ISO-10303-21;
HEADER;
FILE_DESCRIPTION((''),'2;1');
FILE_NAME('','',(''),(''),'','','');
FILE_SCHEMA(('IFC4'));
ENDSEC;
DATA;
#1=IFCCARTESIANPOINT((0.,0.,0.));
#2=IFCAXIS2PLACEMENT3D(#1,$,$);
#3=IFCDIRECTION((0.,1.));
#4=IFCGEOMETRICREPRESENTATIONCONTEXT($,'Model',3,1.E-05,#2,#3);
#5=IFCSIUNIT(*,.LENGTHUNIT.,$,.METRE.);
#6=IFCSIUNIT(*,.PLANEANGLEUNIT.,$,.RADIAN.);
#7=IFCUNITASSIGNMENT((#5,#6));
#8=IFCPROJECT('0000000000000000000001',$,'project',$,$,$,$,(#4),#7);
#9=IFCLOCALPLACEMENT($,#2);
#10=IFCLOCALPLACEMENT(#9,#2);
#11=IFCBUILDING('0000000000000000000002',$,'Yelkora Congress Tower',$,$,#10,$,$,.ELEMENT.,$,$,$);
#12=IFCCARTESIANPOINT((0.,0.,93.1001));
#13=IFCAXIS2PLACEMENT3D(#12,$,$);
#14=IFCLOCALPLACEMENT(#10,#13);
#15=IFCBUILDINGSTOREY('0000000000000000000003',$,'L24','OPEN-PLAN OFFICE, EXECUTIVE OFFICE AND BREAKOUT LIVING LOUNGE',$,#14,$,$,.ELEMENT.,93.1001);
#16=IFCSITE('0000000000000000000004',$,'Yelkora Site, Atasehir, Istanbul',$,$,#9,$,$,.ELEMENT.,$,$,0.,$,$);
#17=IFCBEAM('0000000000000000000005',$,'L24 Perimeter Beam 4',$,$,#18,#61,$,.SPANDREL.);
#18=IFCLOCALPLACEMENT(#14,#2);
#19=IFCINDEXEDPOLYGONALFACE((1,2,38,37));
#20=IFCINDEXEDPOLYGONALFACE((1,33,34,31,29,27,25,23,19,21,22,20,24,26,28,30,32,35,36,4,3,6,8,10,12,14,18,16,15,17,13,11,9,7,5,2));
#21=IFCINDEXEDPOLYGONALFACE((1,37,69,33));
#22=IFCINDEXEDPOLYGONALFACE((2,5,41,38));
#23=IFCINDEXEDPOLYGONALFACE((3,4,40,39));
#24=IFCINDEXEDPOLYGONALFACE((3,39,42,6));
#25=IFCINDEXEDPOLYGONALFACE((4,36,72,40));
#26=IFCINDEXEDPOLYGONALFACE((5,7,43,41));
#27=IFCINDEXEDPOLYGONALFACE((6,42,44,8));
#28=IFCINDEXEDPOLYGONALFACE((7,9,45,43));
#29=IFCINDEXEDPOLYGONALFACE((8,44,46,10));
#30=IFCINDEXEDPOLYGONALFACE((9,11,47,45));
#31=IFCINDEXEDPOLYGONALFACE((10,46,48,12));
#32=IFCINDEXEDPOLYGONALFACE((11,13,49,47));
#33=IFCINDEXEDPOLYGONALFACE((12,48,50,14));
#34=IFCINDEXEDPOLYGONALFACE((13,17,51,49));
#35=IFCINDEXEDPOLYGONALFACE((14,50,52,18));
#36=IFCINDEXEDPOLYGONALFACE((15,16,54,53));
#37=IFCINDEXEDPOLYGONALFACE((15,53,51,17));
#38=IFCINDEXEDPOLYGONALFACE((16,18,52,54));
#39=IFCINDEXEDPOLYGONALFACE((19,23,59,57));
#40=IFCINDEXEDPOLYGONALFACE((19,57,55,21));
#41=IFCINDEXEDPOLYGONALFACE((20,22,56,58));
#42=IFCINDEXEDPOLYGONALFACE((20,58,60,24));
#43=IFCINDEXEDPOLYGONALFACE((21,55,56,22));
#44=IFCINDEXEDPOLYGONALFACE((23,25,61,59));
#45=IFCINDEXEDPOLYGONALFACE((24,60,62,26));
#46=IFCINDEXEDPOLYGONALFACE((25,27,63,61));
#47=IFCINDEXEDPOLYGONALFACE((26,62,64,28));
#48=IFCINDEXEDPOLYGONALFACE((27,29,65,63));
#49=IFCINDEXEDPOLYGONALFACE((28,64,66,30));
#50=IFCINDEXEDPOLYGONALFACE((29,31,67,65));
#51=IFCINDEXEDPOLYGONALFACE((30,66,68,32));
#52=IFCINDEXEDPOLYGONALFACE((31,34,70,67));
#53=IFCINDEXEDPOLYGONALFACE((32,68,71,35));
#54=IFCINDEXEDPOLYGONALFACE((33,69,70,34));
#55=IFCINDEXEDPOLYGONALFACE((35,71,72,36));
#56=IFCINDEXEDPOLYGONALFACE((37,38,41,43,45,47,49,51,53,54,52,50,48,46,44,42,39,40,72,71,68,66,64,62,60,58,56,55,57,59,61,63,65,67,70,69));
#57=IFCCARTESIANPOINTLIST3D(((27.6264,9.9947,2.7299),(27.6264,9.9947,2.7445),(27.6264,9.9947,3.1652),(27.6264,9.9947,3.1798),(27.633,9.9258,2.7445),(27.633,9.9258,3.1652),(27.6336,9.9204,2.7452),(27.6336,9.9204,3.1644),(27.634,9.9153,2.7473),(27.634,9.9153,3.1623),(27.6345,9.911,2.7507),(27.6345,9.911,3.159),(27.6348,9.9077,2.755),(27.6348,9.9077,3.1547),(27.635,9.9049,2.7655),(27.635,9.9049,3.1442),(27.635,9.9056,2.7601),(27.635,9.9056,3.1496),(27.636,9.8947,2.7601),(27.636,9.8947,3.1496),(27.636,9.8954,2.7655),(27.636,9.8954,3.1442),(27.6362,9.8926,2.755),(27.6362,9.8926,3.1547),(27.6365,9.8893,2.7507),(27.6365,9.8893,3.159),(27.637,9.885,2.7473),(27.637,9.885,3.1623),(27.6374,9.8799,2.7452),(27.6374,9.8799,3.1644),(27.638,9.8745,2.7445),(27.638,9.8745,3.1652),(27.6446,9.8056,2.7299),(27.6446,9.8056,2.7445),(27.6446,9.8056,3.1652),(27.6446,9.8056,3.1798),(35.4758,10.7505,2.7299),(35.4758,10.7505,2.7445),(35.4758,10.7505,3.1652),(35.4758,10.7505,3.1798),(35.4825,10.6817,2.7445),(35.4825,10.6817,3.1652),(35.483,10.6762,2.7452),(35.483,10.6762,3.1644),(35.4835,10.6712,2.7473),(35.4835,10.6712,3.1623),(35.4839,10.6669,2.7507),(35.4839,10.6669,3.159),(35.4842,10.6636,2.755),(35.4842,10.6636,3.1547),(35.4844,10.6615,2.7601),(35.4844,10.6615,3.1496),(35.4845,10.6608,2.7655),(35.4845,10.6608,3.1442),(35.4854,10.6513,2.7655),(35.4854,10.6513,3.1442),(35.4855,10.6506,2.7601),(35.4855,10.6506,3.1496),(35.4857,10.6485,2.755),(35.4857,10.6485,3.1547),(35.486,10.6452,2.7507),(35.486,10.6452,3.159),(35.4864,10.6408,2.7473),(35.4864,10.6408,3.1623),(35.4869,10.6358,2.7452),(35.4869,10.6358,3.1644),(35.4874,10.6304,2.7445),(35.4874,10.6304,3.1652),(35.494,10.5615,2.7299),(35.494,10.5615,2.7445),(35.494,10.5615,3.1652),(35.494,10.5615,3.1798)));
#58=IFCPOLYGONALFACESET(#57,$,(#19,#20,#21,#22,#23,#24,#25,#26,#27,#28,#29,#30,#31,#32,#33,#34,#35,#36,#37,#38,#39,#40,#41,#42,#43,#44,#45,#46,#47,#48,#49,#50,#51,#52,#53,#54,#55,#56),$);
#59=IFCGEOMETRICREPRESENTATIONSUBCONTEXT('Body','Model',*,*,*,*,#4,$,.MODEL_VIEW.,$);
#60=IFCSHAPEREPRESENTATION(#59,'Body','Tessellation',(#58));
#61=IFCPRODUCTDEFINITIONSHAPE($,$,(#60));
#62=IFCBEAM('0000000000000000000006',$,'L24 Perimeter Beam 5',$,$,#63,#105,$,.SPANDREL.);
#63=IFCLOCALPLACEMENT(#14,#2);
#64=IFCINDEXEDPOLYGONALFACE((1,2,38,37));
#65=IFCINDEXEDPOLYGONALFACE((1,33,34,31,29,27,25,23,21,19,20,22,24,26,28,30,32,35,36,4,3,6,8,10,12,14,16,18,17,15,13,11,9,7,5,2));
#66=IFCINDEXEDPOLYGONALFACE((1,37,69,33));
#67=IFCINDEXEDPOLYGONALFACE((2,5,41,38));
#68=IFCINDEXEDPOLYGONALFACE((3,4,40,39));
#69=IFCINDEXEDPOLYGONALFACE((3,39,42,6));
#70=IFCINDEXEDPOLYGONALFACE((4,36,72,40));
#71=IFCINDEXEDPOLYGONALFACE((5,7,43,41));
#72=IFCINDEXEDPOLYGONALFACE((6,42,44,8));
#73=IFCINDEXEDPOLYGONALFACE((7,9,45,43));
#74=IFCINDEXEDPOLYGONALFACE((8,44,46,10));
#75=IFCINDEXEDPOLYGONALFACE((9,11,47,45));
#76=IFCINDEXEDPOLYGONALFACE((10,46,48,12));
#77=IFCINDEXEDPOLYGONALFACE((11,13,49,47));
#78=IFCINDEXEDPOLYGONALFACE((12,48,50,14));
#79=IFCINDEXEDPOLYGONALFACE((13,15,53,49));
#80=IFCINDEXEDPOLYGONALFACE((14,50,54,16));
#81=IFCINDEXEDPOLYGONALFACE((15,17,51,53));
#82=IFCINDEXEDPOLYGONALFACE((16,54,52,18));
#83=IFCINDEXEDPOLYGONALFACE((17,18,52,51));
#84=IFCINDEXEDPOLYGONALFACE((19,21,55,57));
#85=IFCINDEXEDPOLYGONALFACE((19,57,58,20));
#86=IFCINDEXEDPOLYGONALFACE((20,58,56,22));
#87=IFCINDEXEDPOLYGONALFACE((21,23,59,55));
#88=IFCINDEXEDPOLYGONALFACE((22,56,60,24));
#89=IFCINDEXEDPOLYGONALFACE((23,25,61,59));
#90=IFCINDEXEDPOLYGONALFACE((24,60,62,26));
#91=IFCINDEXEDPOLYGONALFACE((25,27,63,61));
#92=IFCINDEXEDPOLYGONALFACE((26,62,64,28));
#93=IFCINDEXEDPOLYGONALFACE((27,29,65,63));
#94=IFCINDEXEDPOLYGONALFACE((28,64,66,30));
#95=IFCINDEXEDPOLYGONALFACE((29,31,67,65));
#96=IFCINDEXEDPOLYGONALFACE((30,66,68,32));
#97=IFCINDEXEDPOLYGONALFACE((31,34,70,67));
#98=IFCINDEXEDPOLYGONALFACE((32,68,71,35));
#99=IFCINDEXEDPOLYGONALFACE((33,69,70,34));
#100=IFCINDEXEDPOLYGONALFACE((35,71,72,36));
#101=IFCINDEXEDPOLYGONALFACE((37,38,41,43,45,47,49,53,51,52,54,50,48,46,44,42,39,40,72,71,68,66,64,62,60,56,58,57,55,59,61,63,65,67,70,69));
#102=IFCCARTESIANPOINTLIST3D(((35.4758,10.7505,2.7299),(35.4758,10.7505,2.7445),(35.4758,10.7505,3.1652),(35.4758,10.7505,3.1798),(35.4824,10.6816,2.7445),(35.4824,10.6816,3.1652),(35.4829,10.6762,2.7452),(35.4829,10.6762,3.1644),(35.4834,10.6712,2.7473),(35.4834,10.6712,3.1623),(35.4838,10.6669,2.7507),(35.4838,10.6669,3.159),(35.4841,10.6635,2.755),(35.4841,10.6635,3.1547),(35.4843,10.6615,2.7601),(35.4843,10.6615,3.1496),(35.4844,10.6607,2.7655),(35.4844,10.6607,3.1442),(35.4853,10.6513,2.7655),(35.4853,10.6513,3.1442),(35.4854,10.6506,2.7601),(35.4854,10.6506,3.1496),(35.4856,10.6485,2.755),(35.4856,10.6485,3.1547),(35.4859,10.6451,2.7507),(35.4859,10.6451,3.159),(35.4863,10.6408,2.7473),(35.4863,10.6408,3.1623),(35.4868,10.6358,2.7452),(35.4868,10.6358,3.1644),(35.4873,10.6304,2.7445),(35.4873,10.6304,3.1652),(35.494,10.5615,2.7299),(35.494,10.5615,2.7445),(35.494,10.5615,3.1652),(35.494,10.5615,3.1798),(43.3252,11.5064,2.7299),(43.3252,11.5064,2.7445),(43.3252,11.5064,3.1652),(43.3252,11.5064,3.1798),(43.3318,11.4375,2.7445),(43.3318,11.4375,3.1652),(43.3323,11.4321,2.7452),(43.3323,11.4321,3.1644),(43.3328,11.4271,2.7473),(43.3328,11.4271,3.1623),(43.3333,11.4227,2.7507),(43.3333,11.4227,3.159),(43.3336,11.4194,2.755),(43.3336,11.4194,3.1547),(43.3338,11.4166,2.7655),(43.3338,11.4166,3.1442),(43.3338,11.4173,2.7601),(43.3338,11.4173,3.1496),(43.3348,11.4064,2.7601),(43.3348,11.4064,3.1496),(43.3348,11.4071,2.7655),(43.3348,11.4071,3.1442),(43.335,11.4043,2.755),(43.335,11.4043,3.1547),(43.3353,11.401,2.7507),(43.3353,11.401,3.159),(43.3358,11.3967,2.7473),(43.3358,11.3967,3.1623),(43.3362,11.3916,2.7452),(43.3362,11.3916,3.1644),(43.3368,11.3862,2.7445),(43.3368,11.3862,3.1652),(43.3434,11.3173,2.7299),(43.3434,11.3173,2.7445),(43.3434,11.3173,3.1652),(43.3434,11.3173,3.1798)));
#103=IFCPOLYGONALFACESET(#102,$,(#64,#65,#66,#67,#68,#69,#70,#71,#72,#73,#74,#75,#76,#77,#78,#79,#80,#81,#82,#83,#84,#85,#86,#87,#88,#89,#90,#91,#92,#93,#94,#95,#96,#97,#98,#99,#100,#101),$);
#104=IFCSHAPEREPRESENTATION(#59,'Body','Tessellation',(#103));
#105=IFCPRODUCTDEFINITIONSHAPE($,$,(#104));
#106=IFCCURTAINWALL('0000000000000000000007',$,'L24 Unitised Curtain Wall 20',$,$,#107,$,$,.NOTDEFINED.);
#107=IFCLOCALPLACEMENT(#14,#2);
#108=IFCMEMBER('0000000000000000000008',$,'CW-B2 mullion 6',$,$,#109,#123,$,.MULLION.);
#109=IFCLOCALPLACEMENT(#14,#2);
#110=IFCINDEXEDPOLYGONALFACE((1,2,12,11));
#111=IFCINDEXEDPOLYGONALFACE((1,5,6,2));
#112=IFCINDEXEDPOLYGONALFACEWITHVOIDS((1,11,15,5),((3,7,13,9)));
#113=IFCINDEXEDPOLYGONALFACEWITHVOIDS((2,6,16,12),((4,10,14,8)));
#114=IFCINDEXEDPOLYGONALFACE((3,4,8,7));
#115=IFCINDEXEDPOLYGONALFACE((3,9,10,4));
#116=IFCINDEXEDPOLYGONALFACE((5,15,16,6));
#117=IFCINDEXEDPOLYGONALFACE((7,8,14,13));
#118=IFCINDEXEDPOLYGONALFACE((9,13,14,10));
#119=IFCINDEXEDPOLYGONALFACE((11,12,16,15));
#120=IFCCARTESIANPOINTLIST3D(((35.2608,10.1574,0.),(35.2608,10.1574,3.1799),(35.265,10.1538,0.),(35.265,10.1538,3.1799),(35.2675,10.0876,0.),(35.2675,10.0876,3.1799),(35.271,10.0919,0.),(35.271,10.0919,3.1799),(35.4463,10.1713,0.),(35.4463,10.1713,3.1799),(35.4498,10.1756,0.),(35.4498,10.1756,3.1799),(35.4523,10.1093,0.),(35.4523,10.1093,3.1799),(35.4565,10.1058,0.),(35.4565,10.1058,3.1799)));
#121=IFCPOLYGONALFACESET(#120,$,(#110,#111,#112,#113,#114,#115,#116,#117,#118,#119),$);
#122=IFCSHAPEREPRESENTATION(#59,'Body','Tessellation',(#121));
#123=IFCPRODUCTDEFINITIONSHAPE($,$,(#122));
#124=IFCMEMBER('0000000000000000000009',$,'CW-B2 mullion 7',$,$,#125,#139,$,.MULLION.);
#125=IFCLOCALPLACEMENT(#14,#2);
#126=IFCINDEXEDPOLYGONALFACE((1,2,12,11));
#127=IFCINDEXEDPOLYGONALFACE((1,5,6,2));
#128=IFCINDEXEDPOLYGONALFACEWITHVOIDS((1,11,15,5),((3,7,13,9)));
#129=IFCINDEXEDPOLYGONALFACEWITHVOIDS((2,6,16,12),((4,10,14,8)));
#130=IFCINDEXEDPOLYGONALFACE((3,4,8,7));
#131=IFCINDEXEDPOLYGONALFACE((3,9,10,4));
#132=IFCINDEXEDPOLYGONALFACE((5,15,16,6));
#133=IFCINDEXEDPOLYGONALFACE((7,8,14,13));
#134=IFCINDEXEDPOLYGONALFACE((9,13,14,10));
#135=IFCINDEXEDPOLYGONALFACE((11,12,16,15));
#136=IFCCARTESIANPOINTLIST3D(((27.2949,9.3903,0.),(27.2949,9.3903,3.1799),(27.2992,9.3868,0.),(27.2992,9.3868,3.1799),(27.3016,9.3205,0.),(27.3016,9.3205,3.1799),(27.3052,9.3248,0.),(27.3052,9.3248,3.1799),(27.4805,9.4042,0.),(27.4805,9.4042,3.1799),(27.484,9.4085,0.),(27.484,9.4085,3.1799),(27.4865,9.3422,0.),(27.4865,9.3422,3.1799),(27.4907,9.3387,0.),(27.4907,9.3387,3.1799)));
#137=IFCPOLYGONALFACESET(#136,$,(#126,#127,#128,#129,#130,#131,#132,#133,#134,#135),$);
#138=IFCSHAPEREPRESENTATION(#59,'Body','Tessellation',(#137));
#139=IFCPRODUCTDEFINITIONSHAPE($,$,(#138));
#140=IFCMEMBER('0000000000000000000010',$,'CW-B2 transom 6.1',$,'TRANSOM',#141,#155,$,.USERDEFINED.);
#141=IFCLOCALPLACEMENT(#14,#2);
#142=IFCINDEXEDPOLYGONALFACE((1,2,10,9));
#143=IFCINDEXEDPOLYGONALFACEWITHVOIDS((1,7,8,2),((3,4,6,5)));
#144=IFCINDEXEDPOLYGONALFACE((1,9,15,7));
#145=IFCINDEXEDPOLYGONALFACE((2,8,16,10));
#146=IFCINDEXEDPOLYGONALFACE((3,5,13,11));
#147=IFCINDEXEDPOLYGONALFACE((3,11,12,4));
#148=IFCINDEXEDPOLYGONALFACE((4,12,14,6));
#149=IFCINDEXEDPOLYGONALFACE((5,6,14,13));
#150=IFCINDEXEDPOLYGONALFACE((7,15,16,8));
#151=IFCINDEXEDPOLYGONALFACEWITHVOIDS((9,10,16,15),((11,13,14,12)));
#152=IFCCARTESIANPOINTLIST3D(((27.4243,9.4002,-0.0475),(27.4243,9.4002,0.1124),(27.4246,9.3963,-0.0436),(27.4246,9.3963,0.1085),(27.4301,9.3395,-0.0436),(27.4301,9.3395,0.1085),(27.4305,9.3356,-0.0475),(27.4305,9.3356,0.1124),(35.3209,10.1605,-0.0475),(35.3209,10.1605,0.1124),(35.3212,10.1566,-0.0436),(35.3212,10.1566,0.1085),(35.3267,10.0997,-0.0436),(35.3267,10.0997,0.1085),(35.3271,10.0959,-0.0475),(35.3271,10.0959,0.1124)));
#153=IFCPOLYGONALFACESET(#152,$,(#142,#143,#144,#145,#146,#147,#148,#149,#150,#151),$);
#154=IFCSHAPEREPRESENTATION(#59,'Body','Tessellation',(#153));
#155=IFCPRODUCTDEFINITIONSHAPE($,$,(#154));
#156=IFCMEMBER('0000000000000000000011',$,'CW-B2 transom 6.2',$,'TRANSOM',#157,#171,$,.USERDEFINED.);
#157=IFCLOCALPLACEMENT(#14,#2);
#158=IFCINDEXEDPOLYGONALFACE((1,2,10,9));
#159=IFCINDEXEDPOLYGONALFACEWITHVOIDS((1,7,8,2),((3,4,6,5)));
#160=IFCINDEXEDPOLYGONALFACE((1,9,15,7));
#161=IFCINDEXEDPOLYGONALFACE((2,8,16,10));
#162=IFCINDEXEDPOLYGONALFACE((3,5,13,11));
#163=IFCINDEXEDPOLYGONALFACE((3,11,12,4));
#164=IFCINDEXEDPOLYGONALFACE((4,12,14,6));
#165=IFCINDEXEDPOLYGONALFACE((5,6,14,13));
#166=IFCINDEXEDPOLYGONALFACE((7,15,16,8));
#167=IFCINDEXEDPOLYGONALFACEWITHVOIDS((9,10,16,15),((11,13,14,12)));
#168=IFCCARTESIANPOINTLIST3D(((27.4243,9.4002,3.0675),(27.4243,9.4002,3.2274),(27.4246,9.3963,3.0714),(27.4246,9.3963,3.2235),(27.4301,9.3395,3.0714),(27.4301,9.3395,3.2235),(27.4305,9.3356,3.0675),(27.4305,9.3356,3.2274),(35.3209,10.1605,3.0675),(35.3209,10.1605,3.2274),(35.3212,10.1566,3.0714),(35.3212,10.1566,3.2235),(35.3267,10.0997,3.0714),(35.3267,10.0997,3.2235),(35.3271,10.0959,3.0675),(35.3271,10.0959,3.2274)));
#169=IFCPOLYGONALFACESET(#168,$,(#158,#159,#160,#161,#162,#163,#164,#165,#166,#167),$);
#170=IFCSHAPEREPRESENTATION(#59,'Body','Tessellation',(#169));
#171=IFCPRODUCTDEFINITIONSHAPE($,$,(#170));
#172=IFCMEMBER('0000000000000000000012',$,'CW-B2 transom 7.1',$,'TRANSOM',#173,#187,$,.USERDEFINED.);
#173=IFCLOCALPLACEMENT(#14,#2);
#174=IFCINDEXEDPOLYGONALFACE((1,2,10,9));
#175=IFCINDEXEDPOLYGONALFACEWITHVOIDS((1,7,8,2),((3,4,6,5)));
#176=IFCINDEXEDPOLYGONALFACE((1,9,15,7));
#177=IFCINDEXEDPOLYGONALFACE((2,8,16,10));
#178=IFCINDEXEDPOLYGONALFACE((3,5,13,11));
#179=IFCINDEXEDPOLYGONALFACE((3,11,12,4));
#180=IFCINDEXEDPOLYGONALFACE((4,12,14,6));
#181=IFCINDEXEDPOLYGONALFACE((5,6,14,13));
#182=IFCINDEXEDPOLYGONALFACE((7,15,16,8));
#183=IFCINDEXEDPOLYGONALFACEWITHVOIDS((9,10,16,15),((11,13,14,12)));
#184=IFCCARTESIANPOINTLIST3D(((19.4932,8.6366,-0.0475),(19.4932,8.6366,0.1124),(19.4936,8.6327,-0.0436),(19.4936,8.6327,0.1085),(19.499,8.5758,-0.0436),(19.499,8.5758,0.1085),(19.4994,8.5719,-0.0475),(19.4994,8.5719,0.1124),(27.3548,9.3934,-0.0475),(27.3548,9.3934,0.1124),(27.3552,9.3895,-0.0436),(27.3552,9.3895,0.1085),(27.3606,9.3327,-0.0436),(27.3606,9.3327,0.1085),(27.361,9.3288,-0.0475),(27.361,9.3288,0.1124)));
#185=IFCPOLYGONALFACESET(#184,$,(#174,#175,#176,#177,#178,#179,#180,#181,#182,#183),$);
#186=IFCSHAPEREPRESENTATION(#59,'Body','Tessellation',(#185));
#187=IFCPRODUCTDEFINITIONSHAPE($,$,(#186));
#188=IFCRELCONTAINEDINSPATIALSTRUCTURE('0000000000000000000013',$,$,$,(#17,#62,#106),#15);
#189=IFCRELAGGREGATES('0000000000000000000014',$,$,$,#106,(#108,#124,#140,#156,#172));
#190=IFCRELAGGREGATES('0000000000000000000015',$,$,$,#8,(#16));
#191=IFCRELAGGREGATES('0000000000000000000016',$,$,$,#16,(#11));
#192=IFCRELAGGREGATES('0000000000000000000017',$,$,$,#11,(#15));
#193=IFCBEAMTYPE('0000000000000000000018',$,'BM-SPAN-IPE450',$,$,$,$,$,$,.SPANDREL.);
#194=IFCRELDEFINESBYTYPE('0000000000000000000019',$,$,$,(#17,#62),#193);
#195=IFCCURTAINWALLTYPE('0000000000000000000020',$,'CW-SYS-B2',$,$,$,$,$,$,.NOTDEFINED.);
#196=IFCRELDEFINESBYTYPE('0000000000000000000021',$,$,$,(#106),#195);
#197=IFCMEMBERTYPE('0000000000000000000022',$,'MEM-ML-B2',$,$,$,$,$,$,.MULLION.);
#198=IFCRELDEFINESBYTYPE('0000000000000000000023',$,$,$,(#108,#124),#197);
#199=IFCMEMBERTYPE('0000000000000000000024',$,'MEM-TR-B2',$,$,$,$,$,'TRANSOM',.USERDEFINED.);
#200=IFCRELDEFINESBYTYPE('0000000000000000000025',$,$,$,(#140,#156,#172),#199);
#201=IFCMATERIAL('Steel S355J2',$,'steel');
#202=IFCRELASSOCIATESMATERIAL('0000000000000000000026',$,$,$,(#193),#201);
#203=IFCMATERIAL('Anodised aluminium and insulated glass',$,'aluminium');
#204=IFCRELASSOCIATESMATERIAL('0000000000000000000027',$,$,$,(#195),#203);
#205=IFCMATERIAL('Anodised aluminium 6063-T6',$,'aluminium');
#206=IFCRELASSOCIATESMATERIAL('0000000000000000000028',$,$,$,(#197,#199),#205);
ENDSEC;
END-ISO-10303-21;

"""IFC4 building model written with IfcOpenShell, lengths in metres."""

from ifc_helpers import new_model, si_unit, direction, frame, origin, origin_2d, place, context, subcontext, project, spatial, hollow_rectangle, i_section, extrude, material, material_profile, profile_set, type_object, element, aggregate, save


model = new_model("IFC4")

# Units and contexts
model_context = context("Model", 3, precision=1e-05, world=origin(), true_north=direction((0.0, 1.0)))
body_context = subcontext(model_context, "Body", "Model", "MODEL_VIEW")
ifc_project = project(units=[si_unit("LENGTHUNIT", "METRE"), si_unit("PLANEANGLEUNIT", "RADIAN")], contexts=[model_context])

# Site, building, storey
site_placement = place(None, origin())
site = spatial("IfcSite", under=ifc_project, at=site_placement, Name="Yelkora Site, Atasehir, Istanbul", CompositionType="ELEMENT", RefElevation=0.0)
building_placement = place(site_placement, origin())
building = spatial("IfcBuilding", under=site, at=building_placement, Name="Yelkora Congress Tower", CompositionType="ELEMENT")
storey_placement = place(building_placement, frame((0.0, 0.0, 93.1001)))
storey = spatial("IfcBuildingStorey", under=building, at=storey_placement, Name="L24", Description="OPEN-PLAN OFFICE, EXECUTIVE OFFICE AND BREAKOUT LIVING LOUNGE", CompositionType="ELEMENT", Elevation=93.1001)

# Beams
ifc_material_1 = material(Name="Steel S355J2", Category="steel")
ifc_material_profile_1 = material_profile(ifc_material_1, i_section(OverallWidth=0.1899, OverallDepth=0.45, WebThickness=0.0095, FlangeThickness=0.0146, FilletRadius=0.021, at=origin_2d()), Name="IPE 450")
ifc_profile_set_1 = profile_set([ifc_material_profile_1], Name="Steel S355J2")
beam_type_1 = type_object("IfcBeamType", Name="BM-SPAN-IPE450", PredefinedType="SPANDREL", material=ifc_profile_set_1)
for number, where, z_axis, x_axis, name in (
    (1, (27.6355, 9.9001, 2.9548), (0.995396, 0.095852, 0.0), (-0.095852, 0.995396, 0.0), "L24 Perimeter Beam 4"),
    (2, (35.4849, 10.656, 2.9548), (0.995396, 0.095852, 0.0), (-0.095852, 0.995396, 0.0), "L24 Perimeter Beam 5"),
):
    element("IfcBeam", number, at=place(storey_placement, frame(where, z_axis=z_axis, x_axis=x_axis)), inside=storey, type_object=beam_type_1, Name=name, PredefinedType="SPANDREL", context=body_context, shape_type="SweptSolid", body=[
        extrude(i_section(OverallWidth=0.1899, OverallDepth=0.45, WebThickness=0.0095, FlangeThickness=0.0146, FilletRadius=0.021, at=origin_2d()), origin(), (0.0, 0.0, 1.0), 7.8857),
    ])

# Curtain wall, members
ifc_material_2 = material(Name="Anodised aluminium and insulated glass", Category="aluminium")
curtain_wall_type = type_object("IfcCurtainWallType", Name="CW-SYS-B2", PredefinedType="NOTDEFINED", material=ifc_material_2)
curtain_wall_placement = place(storey_placement, origin())
curtain_wall = element("IfcCurtainWall", 3, at=curtain_wall_placement, inside=storey, type_object=curtain_wall_type, Name="L24 Unitised Curtain Wall 20", PredefinedType="NOTDEFINED")
ifc_material_3 = material(Name="Anodised aluminium 6063-T6", Category="aluminium")
ifc_material_profile_2 = material_profile(ifc_material_3, hollow_rectangle(XDim=0.0701, YDim=0.1899, WallThickness=0.0039, at=origin_2d()), Name="ALU 70x190x4")
ifc_profile_set_2 = profile_set([ifc_material_profile_2], Name="Anodised aluminium 6063-T6")
member_type_1 = type_object("IfcMemberType", Name="MEM-ML-B2", PredefinedType="MULLION", material=ifc_profile_set_2)
member_1_placement = place(storey_placement, frame((35.3586, 10.1316, 0.0), z_axis=(0.0, 0.0, 1.0), x_axis=(0.095844, -0.995396, 0.0)))
member_1 = element("IfcMember", 4, at=member_1_placement, type_object=member_type_1, Name="CW-B2 mullion 6", PredefinedType="MULLION", context=body_context, shape_type="SweptSolid", body=[
    extrude(hollow_rectangle(XDim=0.0701, YDim=0.1899, WallThickness=0.0039, at=origin_2d()), origin(), (0.0, 0.0, 1.0), 3.1799),
])
member_2_placement = place(storey_placement, frame((27.3928, 9.3645, 0.0), z_axis=(0.0, 0.0, 1.0), x_axis=(0.095844, -0.995396, 0.0)))
member_2 = element("IfcMember", 5, at=member_2_placement, type_object=member_type_1, Name="CW-B2 mullion 7", PredefinedType="MULLION", context=body_context, shape_type="SweptSolid", body=[
    extrude(hollow_rectangle(XDim=0.0701, YDim=0.1899, WallThickness=0.0039, at=origin_2d()), origin(), (0.0, 0.0, 1.0), 3.1799),
])
ifc_material_profile_3 = material_profile(ifc_material_3, hollow_rectangle(XDim=0.0649, YDim=0.1599, WallThickness=0.0039, at=origin_2d()), Name="ALU 65x160x4")
ifc_profile_set_3 = profile_set([ifc_material_profile_3], Name="Anodised aluminium 6063-T6")
member_type_2 = type_object("IfcMemberType", Name="MEM-TR-B2", ElementType="TRANSOM", PredefinedType="USERDEFINED", material=ifc_profile_set_3)
member_3_placement = place(storey_placement, frame((35.324, 10.1282, 0.0325), z_axis=(-0.995397, -0.095834, 0.0), x_axis=(0.095834, -0.995397, 0.0)))
member_3 = element("IfcMember", 6, at=member_3_placement, type_object=member_type_2, Name="CW-B2 transom 6.1", ObjectType="TRANSOM", PredefinedType="USERDEFINED", context=body_context, shape_type="SweptSolid", body=[
    extrude(hollow_rectangle(XDim=0.0649, YDim=0.1599, WallThickness=0.0039, at=origin_2d()), origin(), (0.0, 0.0, 1.0), 7.9331),
])
member_4_placement = place(storey_placement, frame((35.324, 10.1282, 3.1475), z_axis=(-0.995397, -0.095834, 0.0), x_axis=(0.095834, -0.995397, 0.0)))
member_4 = element("IfcMember", 7, at=member_4_placement, type_object=member_type_2, Name="CW-B2 transom 6.2", ObjectType="TRANSOM", PredefinedType="USERDEFINED", context=body_context, shape_type="SweptSolid", body=[
    extrude(hollow_rectangle(XDim=0.0649, YDim=0.1599, WallThickness=0.0039, at=origin_2d()), origin(), (0.0, 0.0, 1.0), 7.9331),
])
member_5_placement = place(storey_placement, frame((27.3579, 9.3611, 0.0325), z_axis=(-0.995398, -0.095827, 0.0), x_axis=(0.095827, -0.995398, 0.0)))
member_5 = element("IfcMember", 8, at=member_5_placement, type_object=member_type_2, Name="CW-B2 transom 7.1", ObjectType="TRANSOM", PredefinedType="USERDEFINED", context=body_context, shape_type="SweptSolid", body=[
    extrude(hollow_rectangle(XDim=0.0649, YDim=0.1599, WallThickness=0.0039, at=origin_2d()), origin(), (0.0, 0.0, 1.0), 7.8979),
])
aggregate(curtain_wall, [member_1, member_2, member_3, member_4, member_5])

save(model, "model.ifc")
